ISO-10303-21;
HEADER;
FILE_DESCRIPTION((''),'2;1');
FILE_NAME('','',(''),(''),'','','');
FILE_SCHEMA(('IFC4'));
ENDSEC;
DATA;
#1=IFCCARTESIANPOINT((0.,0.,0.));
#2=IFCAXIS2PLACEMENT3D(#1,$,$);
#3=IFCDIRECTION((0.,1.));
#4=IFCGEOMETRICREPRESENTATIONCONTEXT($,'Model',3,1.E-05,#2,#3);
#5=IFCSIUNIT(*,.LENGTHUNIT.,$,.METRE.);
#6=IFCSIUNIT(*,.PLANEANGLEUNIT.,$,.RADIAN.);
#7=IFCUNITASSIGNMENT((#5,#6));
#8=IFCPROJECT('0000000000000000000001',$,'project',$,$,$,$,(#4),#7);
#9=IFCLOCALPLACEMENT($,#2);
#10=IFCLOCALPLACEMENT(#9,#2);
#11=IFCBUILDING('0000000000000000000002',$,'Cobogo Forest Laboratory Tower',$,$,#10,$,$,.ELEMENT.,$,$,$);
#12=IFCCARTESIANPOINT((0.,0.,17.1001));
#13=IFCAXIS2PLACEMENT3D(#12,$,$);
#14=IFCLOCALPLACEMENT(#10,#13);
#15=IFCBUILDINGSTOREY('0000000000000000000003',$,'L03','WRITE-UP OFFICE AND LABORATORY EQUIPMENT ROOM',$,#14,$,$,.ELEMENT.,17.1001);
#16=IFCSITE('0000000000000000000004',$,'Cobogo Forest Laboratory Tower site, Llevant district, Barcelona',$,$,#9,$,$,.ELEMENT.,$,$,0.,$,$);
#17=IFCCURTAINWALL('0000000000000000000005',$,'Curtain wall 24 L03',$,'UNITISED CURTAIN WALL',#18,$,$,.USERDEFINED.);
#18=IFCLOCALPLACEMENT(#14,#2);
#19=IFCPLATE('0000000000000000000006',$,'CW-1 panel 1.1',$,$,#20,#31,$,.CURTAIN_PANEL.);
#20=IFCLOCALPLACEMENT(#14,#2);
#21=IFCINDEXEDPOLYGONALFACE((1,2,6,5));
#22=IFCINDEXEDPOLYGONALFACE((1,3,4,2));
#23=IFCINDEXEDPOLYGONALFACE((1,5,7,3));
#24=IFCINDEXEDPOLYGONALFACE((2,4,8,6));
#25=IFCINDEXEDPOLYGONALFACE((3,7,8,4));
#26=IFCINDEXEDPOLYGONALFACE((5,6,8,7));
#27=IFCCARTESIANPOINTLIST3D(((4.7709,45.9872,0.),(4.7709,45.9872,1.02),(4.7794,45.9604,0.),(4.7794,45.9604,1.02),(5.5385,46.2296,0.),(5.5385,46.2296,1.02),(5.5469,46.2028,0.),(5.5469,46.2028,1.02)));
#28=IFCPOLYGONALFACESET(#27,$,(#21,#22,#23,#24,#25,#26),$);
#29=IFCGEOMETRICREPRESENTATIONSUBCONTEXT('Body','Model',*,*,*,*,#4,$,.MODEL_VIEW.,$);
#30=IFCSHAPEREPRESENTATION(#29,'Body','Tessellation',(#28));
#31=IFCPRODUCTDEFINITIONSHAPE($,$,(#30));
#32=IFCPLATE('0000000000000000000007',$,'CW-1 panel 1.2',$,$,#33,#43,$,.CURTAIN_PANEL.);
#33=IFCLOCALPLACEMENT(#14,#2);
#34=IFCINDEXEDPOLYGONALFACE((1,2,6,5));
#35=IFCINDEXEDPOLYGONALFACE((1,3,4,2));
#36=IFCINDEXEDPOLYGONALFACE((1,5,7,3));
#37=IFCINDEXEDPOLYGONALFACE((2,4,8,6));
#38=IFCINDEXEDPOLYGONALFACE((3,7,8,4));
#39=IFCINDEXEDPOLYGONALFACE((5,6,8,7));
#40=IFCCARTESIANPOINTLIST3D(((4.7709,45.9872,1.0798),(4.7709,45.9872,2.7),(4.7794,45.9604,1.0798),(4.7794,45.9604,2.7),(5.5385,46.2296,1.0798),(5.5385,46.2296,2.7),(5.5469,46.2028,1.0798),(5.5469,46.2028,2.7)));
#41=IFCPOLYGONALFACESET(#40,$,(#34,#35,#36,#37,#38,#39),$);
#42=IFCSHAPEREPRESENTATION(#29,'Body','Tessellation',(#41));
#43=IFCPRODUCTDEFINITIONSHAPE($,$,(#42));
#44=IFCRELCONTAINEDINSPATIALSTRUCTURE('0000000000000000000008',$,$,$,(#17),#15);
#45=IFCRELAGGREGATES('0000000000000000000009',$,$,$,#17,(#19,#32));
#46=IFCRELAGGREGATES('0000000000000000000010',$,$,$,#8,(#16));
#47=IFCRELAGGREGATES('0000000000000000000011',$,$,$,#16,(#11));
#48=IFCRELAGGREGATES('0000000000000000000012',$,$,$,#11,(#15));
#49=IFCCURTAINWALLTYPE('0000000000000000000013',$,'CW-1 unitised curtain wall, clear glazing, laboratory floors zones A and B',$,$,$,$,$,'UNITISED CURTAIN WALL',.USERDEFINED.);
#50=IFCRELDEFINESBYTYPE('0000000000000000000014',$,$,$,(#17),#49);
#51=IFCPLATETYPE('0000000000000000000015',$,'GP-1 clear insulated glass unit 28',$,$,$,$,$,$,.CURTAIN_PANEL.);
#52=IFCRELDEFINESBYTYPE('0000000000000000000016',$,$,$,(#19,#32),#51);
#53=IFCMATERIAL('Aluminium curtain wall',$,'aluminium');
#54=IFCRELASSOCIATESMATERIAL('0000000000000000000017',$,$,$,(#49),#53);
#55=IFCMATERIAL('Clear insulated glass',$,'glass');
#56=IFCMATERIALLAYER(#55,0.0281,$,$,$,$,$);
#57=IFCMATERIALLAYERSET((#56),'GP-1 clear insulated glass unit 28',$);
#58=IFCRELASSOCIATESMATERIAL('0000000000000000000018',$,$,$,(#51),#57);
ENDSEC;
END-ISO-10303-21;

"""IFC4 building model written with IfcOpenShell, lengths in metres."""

from ifc_helpers import new_model, si_unit, direction, frame, origin, origin_2d, place, context, subcontext, project, spatial, rectangle, extrude, material, layer, layer_set, type_object, element, aggregate, save


model = new_model("IFC4")

# Units and contexts
model_context = context("Model", 3, precision=1e-05, world=origin(), true_north=direction((0.0, 1.0)))
body_context = subcontext(model_context, "Body", "Model", "MODEL_VIEW")
ifc_project = project(units=[si_unit("LENGTHUNIT", "METRE"), si_unit("PLANEANGLEUNIT", "RADIAN")], contexts=[model_context])

# Site, building, storey
site_placement = place(None, origin())
site = spatial("IfcSite", under=ifc_project, at=site_placement, Name="Cobogo Forest Laboratory Tower site, Llevant district, Barcelona", CompositionType="ELEMENT", RefElevation=0.0)
building_placement = place(site_placement, origin())
building = spatial("IfcBuilding", under=site, at=building_placement, Name="Cobogo Forest Laboratory Tower", CompositionType="ELEMENT")
storey_placement = place(building_placement, frame((0.0, 0.0, 17.1001)))
storey = spatial("IfcBuildingStorey", under=building, at=storey_placement, Name="L03", Description="WRITE-UP OFFICE AND LABORATORY EQUIPMENT ROOM", CompositionType="ELEMENT", Elevation=17.1001)

# Shared definitions
ifc_material_1 = material(Name="Aluminium curtain wall", Category="aluminium")
curtain_wall_type = type_object("IfcCurtainWallType", Name="CW-1 unitised curtain wall, clear glazing, laboratory floors zones A and B", ElementType="UNITISED CURTAIN WALL", PredefinedType="USERDEFINED", material=ifc_material_1)

# Curtain wall
curtain_wall_1_placement = place(storey_placement, origin())
curtain_wall_1 = element("IfcCurtainWall", 1, at=curtain_wall_1_placement, inside=storey, type_object=curtain_wall_type, Name="Curtain wall 24 L03", ObjectType="UNITISED CURTAIN WALL", PredefinedType="USERDEFINED")

# Plates
ifc_material_2 = material(Name="Clear insulated glass", Category="glass")
ifc_layer = layer(ifc_material_2, 0.0281)
ifc_layer_set = layer_set([ifc_layer], Name="GP-1 clear insulated glass unit 28")
plate_type_1 = type_object("IfcPlateType", Name="GP-1 clear insulated glass unit 28", PredefinedType="CURTAIN_PANEL", material=ifc_layer_set)
plate_1_placement = place(storey_placement, frame((5.1589, 46.095, 0.0), z_axis=(0.0, 0.0, 1.0), x_axis=(-0.953581, -0.301135, 0.0)))
plate_1 = element("IfcPlate", 2, at=plate_1_placement, type_object=plate_type_1, Name="CW-1 panel 1.1", PredefinedType="CURTAIN_PANEL", context=body_context, shape_type="SweptSolid", body=[
    extrude(rectangle(XDim=0.8049, YDim=0.0281, at=origin_2d()), origin(), (0.0, 0.0, 1.0), 1.02),
])
plate_2_placement = place(storey_placement, frame((5.1589, 46.095, 1.0798), z_axis=(0.0, 0.0, 1.0), x_axis=(-0.953581, -0.301135, 0.0)))
plate_2 = element("IfcPlate", 3, at=plate_2_placement, type_object=plate_type_1, Name="CW-1 panel 1.2", PredefinedType="CURTAIN_PANEL", context=body_context, shape_type="SweptSolid", body=[
    extrude(rectangle(XDim=0.8049, YDim=0.0281, at=origin_2d()), origin(), (0.0, 0.0, 1.0), 1.6201),
])
aggregate(curtain_wall_1, [plate_1, plate_2])

save(model, "model.ifc")
